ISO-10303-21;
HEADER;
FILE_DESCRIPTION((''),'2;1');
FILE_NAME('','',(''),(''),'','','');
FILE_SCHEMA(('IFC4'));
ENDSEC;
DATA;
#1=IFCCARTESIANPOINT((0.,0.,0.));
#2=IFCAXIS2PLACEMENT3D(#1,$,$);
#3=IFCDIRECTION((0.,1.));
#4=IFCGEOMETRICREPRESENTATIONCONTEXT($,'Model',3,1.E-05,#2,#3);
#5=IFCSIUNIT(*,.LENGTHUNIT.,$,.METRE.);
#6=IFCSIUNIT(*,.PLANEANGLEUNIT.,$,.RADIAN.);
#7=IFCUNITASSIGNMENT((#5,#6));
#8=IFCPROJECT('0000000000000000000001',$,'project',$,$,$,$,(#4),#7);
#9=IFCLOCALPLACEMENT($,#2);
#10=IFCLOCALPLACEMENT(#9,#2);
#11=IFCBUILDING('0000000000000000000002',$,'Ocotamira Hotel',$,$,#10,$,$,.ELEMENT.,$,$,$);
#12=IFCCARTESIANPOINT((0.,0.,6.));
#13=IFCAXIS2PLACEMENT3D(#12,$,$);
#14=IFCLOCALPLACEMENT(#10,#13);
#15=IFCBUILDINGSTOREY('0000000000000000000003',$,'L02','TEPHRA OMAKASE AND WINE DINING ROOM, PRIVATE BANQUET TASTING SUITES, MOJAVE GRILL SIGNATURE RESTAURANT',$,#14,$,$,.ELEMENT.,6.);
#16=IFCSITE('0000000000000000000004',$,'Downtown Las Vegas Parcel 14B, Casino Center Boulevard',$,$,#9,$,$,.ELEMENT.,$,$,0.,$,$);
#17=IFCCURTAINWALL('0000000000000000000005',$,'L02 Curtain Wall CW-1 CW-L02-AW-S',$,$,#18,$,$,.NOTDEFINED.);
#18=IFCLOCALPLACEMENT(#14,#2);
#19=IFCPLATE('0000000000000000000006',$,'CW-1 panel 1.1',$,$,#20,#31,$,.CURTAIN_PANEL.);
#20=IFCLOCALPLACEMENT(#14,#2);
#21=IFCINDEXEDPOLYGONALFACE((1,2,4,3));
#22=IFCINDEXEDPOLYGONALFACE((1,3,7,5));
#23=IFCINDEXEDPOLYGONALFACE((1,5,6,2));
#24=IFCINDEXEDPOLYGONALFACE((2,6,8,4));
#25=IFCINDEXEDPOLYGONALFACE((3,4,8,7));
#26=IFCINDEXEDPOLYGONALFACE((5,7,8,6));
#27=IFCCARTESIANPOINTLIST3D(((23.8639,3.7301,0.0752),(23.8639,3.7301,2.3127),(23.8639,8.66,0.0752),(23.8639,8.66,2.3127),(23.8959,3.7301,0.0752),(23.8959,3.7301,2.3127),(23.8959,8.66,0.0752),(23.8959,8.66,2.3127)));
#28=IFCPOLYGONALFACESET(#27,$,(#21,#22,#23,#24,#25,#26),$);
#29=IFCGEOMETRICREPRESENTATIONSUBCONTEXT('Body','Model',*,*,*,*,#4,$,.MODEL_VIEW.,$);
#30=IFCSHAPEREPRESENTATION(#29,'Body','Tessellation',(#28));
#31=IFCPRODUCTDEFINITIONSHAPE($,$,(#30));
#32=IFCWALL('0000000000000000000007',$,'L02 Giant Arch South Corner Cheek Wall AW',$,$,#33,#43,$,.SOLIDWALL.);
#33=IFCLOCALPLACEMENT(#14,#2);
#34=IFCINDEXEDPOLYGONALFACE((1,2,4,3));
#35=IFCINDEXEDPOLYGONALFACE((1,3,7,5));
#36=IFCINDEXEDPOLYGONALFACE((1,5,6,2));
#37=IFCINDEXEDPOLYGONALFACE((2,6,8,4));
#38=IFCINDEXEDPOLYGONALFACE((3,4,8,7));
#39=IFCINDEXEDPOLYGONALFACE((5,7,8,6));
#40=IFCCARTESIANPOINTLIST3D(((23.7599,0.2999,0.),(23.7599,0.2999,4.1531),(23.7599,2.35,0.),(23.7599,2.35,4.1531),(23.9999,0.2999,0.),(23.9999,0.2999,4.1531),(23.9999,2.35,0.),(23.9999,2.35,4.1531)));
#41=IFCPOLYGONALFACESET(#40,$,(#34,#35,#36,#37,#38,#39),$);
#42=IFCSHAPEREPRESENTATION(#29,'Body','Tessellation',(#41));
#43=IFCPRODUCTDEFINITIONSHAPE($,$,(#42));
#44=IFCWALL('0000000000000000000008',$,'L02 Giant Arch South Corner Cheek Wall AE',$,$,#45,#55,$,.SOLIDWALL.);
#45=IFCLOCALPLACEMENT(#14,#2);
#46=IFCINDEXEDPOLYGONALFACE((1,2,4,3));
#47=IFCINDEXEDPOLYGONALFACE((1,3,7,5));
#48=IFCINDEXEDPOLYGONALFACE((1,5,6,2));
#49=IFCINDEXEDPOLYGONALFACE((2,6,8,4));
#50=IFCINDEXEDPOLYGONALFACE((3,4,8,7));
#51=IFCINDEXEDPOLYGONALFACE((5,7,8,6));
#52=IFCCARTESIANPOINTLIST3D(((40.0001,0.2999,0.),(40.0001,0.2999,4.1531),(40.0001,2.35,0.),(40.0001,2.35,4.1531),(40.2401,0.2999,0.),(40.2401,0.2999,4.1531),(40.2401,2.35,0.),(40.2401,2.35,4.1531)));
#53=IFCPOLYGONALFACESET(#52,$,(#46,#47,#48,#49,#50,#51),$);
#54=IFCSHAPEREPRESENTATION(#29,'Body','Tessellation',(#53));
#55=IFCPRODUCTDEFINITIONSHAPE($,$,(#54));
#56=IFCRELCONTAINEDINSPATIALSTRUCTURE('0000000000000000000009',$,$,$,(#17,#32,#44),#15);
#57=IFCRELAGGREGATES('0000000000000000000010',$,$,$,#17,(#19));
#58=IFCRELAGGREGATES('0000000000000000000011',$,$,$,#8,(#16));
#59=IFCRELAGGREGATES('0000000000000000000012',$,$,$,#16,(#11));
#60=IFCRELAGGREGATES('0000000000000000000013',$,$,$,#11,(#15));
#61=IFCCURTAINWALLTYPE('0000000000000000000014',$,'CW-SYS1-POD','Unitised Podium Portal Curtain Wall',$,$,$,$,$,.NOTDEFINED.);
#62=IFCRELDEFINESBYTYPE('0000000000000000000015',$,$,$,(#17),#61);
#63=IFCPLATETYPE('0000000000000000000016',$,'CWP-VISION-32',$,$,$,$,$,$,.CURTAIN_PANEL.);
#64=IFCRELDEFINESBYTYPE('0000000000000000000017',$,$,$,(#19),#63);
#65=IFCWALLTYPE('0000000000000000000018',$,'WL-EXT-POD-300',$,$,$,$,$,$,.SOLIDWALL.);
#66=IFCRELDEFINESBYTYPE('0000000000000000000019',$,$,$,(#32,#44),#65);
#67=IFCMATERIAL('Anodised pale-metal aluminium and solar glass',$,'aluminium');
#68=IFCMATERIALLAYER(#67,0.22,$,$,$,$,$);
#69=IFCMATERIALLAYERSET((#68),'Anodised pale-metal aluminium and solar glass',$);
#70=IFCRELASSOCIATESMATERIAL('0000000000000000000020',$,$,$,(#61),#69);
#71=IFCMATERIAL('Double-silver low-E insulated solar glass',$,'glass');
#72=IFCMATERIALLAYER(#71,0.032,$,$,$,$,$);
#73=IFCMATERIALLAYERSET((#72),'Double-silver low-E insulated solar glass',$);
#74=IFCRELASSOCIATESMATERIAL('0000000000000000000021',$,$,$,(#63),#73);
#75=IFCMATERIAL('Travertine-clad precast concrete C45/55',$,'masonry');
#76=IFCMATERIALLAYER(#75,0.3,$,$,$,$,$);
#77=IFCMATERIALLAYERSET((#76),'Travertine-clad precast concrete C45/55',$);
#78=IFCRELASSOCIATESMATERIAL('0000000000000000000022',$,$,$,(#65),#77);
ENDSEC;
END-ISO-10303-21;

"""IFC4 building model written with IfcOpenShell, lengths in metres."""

from ifc_helpers import new_model, si_unit, direction, frame, frame_2d, origin, origin_2d, place, context, subcontext, project, spatial, rectangle, extrude, source, transform, mapped, material, layer, layer_set, type_object, element, aggregate, save


model = new_model("IFC4")

# Units and contexts
model_context = context("Model", 3, precision=1e-05, world=origin(), true_north=direction((0.0, 1.0)))
body_context = subcontext(model_context, "Body", "Model", "MODEL_VIEW")
ifc_project = project(units=[si_unit("LENGTHUNIT", "METRE"), si_unit("PLANEANGLEUNIT", "RADIAN")], contexts=[model_context])

# Site, building, storey
site_placement = place(None, origin())
site = spatial("IfcSite", under=ifc_project, at=site_placement, Name="Downtown Las Vegas Parcel 14B, Casino Center Boulevard", CompositionType="ELEMENT", RefElevation=0.0)
building_placement = place(site_placement, origin())
building = spatial("IfcBuilding", under=site, at=building_placement, Name="Ocotamira Hotel", CompositionType="ELEMENT")
storey_placement = place(building_placement, frame((0.0, 0.0, 6.0)))
storey = spatial("IfcBuildingStorey", under=building, at=storey_placement, Name="L02", Description="TEPHRA OMAKASE AND WINE DINING ROOM, PRIVATE BANQUET TASTING SUITES, MOJAVE GRILL SIGNATURE RESTAURANT", CompositionType="ELEMENT", Elevation=6.0)

# Curtain wall
ifc_material_1 = material(Name="Anodised pale-metal aluminium and solar glass", Category="aluminium")
ifc_layer_1 = layer(ifc_material_1, 0.22)
ifc_layer_set_1 = layer_set([ifc_layer_1], Name="Anodised pale-metal aluminium and solar glass")
curtain_wall_type = type_object("IfcCurtainWallType", Name="CW-SYS1-POD", Description="Unitised Podium Portal Curtain Wall", PredefinedType="NOTDEFINED", material=ifc_layer_set_1)
curtain_wall_1_placement = place(storey_placement, origin())
curtain_wall_1 = element("IfcCurtainWall", 1, at=curtain_wall_1_placement, inside=storey, type_object=curtain_wall_type, Name="L02 Curtain Wall CW-1 CW-L02-AW-S", PredefinedType="NOTDEFINED")

# Plate
ifc_material_2 = material(Name="Double-silver low-E insulated solar glass", Category="glass")
ifc_layer_2 = layer(ifc_material_2, 0.032)
ifc_layer_set_2 = layer_set([ifc_layer_2], Name="Double-silver low-E insulated solar glass")
plate_type_1 = type_object("IfcPlateType", Name="CWP-VISION-32", PredefinedType="CURTAIN_PANEL", material=ifc_layer_set_2)
shared_shape_1 = source(origin(), body_context, "Body", "SweptSolid", [
    extrude(rectangle(XDim=4.9299, YDim=0.032, at=origin_2d()), origin(), (0.0, 0.0, 1.0), 2.2375),
])
plate_placement = place(storey_placement, frame((23.8799, 6.1951, 0.0752), z_axis=(0.0, 0.0, 1.0), x_axis=(0.0, 1.0, 0.0)))
plate = element("IfcPlate", 2, at=plate_placement, type_object=plate_type_1, Name="CW-1 panel 1.1", PredefinedType="CURTAIN_PANEL", context=body_context, shape_type="MappedRepresentation", body=[
    mapped(shared_shape_1, transform((0.0, 0.0, 0.0), scale=1.0)),
])
aggregate(curtain_wall_1, [plate])

# Walls
ifc_material_3 = material(Name="Travertine-clad precast concrete C45/55", Category="masonry")
ifc_layer_3 = layer(ifc_material_3, 0.3)
ifc_layer_set_3 = layer_set([ifc_layer_3], Name="Travertine-clad precast concrete C45/55")
wall_type = type_object("IfcWallType", Name="WL-EXT-POD-300", PredefinedType="SOLIDWALL", material=ifc_layer_set_3)
for number, where, z_axis, x_axis, name in (
    (3, (23.8799, 0.3, 0.0), (0.0, 0.0, 1.0), (0.0, 1.0, 0.0), "L02 Giant Arch South Corner Cheek Wall AW"),
    (4, (40.1201, 0.3, 0.0), (0.0, 0.0, 1.0), (0.0, 1.0, 0.0), "L02 Giant Arch South Corner Cheek Wall AE"),
):
    element("IfcWall", number, at=place(storey_placement, frame(where, z_axis=z_axis, x_axis=x_axis)), inside=storey, type_object=wall_type, Name=name, PredefinedType="SOLIDWALL", context=body_context, shape_type="SweptSolid", body=[
        extrude(rectangle(XDim=2.05, YDim=0.24, at=frame_2d((1.0249, 0.0))), origin(), (0.0, 0.0, 1.0), 4.1531),
    ])

save(model, "model.ifc")
